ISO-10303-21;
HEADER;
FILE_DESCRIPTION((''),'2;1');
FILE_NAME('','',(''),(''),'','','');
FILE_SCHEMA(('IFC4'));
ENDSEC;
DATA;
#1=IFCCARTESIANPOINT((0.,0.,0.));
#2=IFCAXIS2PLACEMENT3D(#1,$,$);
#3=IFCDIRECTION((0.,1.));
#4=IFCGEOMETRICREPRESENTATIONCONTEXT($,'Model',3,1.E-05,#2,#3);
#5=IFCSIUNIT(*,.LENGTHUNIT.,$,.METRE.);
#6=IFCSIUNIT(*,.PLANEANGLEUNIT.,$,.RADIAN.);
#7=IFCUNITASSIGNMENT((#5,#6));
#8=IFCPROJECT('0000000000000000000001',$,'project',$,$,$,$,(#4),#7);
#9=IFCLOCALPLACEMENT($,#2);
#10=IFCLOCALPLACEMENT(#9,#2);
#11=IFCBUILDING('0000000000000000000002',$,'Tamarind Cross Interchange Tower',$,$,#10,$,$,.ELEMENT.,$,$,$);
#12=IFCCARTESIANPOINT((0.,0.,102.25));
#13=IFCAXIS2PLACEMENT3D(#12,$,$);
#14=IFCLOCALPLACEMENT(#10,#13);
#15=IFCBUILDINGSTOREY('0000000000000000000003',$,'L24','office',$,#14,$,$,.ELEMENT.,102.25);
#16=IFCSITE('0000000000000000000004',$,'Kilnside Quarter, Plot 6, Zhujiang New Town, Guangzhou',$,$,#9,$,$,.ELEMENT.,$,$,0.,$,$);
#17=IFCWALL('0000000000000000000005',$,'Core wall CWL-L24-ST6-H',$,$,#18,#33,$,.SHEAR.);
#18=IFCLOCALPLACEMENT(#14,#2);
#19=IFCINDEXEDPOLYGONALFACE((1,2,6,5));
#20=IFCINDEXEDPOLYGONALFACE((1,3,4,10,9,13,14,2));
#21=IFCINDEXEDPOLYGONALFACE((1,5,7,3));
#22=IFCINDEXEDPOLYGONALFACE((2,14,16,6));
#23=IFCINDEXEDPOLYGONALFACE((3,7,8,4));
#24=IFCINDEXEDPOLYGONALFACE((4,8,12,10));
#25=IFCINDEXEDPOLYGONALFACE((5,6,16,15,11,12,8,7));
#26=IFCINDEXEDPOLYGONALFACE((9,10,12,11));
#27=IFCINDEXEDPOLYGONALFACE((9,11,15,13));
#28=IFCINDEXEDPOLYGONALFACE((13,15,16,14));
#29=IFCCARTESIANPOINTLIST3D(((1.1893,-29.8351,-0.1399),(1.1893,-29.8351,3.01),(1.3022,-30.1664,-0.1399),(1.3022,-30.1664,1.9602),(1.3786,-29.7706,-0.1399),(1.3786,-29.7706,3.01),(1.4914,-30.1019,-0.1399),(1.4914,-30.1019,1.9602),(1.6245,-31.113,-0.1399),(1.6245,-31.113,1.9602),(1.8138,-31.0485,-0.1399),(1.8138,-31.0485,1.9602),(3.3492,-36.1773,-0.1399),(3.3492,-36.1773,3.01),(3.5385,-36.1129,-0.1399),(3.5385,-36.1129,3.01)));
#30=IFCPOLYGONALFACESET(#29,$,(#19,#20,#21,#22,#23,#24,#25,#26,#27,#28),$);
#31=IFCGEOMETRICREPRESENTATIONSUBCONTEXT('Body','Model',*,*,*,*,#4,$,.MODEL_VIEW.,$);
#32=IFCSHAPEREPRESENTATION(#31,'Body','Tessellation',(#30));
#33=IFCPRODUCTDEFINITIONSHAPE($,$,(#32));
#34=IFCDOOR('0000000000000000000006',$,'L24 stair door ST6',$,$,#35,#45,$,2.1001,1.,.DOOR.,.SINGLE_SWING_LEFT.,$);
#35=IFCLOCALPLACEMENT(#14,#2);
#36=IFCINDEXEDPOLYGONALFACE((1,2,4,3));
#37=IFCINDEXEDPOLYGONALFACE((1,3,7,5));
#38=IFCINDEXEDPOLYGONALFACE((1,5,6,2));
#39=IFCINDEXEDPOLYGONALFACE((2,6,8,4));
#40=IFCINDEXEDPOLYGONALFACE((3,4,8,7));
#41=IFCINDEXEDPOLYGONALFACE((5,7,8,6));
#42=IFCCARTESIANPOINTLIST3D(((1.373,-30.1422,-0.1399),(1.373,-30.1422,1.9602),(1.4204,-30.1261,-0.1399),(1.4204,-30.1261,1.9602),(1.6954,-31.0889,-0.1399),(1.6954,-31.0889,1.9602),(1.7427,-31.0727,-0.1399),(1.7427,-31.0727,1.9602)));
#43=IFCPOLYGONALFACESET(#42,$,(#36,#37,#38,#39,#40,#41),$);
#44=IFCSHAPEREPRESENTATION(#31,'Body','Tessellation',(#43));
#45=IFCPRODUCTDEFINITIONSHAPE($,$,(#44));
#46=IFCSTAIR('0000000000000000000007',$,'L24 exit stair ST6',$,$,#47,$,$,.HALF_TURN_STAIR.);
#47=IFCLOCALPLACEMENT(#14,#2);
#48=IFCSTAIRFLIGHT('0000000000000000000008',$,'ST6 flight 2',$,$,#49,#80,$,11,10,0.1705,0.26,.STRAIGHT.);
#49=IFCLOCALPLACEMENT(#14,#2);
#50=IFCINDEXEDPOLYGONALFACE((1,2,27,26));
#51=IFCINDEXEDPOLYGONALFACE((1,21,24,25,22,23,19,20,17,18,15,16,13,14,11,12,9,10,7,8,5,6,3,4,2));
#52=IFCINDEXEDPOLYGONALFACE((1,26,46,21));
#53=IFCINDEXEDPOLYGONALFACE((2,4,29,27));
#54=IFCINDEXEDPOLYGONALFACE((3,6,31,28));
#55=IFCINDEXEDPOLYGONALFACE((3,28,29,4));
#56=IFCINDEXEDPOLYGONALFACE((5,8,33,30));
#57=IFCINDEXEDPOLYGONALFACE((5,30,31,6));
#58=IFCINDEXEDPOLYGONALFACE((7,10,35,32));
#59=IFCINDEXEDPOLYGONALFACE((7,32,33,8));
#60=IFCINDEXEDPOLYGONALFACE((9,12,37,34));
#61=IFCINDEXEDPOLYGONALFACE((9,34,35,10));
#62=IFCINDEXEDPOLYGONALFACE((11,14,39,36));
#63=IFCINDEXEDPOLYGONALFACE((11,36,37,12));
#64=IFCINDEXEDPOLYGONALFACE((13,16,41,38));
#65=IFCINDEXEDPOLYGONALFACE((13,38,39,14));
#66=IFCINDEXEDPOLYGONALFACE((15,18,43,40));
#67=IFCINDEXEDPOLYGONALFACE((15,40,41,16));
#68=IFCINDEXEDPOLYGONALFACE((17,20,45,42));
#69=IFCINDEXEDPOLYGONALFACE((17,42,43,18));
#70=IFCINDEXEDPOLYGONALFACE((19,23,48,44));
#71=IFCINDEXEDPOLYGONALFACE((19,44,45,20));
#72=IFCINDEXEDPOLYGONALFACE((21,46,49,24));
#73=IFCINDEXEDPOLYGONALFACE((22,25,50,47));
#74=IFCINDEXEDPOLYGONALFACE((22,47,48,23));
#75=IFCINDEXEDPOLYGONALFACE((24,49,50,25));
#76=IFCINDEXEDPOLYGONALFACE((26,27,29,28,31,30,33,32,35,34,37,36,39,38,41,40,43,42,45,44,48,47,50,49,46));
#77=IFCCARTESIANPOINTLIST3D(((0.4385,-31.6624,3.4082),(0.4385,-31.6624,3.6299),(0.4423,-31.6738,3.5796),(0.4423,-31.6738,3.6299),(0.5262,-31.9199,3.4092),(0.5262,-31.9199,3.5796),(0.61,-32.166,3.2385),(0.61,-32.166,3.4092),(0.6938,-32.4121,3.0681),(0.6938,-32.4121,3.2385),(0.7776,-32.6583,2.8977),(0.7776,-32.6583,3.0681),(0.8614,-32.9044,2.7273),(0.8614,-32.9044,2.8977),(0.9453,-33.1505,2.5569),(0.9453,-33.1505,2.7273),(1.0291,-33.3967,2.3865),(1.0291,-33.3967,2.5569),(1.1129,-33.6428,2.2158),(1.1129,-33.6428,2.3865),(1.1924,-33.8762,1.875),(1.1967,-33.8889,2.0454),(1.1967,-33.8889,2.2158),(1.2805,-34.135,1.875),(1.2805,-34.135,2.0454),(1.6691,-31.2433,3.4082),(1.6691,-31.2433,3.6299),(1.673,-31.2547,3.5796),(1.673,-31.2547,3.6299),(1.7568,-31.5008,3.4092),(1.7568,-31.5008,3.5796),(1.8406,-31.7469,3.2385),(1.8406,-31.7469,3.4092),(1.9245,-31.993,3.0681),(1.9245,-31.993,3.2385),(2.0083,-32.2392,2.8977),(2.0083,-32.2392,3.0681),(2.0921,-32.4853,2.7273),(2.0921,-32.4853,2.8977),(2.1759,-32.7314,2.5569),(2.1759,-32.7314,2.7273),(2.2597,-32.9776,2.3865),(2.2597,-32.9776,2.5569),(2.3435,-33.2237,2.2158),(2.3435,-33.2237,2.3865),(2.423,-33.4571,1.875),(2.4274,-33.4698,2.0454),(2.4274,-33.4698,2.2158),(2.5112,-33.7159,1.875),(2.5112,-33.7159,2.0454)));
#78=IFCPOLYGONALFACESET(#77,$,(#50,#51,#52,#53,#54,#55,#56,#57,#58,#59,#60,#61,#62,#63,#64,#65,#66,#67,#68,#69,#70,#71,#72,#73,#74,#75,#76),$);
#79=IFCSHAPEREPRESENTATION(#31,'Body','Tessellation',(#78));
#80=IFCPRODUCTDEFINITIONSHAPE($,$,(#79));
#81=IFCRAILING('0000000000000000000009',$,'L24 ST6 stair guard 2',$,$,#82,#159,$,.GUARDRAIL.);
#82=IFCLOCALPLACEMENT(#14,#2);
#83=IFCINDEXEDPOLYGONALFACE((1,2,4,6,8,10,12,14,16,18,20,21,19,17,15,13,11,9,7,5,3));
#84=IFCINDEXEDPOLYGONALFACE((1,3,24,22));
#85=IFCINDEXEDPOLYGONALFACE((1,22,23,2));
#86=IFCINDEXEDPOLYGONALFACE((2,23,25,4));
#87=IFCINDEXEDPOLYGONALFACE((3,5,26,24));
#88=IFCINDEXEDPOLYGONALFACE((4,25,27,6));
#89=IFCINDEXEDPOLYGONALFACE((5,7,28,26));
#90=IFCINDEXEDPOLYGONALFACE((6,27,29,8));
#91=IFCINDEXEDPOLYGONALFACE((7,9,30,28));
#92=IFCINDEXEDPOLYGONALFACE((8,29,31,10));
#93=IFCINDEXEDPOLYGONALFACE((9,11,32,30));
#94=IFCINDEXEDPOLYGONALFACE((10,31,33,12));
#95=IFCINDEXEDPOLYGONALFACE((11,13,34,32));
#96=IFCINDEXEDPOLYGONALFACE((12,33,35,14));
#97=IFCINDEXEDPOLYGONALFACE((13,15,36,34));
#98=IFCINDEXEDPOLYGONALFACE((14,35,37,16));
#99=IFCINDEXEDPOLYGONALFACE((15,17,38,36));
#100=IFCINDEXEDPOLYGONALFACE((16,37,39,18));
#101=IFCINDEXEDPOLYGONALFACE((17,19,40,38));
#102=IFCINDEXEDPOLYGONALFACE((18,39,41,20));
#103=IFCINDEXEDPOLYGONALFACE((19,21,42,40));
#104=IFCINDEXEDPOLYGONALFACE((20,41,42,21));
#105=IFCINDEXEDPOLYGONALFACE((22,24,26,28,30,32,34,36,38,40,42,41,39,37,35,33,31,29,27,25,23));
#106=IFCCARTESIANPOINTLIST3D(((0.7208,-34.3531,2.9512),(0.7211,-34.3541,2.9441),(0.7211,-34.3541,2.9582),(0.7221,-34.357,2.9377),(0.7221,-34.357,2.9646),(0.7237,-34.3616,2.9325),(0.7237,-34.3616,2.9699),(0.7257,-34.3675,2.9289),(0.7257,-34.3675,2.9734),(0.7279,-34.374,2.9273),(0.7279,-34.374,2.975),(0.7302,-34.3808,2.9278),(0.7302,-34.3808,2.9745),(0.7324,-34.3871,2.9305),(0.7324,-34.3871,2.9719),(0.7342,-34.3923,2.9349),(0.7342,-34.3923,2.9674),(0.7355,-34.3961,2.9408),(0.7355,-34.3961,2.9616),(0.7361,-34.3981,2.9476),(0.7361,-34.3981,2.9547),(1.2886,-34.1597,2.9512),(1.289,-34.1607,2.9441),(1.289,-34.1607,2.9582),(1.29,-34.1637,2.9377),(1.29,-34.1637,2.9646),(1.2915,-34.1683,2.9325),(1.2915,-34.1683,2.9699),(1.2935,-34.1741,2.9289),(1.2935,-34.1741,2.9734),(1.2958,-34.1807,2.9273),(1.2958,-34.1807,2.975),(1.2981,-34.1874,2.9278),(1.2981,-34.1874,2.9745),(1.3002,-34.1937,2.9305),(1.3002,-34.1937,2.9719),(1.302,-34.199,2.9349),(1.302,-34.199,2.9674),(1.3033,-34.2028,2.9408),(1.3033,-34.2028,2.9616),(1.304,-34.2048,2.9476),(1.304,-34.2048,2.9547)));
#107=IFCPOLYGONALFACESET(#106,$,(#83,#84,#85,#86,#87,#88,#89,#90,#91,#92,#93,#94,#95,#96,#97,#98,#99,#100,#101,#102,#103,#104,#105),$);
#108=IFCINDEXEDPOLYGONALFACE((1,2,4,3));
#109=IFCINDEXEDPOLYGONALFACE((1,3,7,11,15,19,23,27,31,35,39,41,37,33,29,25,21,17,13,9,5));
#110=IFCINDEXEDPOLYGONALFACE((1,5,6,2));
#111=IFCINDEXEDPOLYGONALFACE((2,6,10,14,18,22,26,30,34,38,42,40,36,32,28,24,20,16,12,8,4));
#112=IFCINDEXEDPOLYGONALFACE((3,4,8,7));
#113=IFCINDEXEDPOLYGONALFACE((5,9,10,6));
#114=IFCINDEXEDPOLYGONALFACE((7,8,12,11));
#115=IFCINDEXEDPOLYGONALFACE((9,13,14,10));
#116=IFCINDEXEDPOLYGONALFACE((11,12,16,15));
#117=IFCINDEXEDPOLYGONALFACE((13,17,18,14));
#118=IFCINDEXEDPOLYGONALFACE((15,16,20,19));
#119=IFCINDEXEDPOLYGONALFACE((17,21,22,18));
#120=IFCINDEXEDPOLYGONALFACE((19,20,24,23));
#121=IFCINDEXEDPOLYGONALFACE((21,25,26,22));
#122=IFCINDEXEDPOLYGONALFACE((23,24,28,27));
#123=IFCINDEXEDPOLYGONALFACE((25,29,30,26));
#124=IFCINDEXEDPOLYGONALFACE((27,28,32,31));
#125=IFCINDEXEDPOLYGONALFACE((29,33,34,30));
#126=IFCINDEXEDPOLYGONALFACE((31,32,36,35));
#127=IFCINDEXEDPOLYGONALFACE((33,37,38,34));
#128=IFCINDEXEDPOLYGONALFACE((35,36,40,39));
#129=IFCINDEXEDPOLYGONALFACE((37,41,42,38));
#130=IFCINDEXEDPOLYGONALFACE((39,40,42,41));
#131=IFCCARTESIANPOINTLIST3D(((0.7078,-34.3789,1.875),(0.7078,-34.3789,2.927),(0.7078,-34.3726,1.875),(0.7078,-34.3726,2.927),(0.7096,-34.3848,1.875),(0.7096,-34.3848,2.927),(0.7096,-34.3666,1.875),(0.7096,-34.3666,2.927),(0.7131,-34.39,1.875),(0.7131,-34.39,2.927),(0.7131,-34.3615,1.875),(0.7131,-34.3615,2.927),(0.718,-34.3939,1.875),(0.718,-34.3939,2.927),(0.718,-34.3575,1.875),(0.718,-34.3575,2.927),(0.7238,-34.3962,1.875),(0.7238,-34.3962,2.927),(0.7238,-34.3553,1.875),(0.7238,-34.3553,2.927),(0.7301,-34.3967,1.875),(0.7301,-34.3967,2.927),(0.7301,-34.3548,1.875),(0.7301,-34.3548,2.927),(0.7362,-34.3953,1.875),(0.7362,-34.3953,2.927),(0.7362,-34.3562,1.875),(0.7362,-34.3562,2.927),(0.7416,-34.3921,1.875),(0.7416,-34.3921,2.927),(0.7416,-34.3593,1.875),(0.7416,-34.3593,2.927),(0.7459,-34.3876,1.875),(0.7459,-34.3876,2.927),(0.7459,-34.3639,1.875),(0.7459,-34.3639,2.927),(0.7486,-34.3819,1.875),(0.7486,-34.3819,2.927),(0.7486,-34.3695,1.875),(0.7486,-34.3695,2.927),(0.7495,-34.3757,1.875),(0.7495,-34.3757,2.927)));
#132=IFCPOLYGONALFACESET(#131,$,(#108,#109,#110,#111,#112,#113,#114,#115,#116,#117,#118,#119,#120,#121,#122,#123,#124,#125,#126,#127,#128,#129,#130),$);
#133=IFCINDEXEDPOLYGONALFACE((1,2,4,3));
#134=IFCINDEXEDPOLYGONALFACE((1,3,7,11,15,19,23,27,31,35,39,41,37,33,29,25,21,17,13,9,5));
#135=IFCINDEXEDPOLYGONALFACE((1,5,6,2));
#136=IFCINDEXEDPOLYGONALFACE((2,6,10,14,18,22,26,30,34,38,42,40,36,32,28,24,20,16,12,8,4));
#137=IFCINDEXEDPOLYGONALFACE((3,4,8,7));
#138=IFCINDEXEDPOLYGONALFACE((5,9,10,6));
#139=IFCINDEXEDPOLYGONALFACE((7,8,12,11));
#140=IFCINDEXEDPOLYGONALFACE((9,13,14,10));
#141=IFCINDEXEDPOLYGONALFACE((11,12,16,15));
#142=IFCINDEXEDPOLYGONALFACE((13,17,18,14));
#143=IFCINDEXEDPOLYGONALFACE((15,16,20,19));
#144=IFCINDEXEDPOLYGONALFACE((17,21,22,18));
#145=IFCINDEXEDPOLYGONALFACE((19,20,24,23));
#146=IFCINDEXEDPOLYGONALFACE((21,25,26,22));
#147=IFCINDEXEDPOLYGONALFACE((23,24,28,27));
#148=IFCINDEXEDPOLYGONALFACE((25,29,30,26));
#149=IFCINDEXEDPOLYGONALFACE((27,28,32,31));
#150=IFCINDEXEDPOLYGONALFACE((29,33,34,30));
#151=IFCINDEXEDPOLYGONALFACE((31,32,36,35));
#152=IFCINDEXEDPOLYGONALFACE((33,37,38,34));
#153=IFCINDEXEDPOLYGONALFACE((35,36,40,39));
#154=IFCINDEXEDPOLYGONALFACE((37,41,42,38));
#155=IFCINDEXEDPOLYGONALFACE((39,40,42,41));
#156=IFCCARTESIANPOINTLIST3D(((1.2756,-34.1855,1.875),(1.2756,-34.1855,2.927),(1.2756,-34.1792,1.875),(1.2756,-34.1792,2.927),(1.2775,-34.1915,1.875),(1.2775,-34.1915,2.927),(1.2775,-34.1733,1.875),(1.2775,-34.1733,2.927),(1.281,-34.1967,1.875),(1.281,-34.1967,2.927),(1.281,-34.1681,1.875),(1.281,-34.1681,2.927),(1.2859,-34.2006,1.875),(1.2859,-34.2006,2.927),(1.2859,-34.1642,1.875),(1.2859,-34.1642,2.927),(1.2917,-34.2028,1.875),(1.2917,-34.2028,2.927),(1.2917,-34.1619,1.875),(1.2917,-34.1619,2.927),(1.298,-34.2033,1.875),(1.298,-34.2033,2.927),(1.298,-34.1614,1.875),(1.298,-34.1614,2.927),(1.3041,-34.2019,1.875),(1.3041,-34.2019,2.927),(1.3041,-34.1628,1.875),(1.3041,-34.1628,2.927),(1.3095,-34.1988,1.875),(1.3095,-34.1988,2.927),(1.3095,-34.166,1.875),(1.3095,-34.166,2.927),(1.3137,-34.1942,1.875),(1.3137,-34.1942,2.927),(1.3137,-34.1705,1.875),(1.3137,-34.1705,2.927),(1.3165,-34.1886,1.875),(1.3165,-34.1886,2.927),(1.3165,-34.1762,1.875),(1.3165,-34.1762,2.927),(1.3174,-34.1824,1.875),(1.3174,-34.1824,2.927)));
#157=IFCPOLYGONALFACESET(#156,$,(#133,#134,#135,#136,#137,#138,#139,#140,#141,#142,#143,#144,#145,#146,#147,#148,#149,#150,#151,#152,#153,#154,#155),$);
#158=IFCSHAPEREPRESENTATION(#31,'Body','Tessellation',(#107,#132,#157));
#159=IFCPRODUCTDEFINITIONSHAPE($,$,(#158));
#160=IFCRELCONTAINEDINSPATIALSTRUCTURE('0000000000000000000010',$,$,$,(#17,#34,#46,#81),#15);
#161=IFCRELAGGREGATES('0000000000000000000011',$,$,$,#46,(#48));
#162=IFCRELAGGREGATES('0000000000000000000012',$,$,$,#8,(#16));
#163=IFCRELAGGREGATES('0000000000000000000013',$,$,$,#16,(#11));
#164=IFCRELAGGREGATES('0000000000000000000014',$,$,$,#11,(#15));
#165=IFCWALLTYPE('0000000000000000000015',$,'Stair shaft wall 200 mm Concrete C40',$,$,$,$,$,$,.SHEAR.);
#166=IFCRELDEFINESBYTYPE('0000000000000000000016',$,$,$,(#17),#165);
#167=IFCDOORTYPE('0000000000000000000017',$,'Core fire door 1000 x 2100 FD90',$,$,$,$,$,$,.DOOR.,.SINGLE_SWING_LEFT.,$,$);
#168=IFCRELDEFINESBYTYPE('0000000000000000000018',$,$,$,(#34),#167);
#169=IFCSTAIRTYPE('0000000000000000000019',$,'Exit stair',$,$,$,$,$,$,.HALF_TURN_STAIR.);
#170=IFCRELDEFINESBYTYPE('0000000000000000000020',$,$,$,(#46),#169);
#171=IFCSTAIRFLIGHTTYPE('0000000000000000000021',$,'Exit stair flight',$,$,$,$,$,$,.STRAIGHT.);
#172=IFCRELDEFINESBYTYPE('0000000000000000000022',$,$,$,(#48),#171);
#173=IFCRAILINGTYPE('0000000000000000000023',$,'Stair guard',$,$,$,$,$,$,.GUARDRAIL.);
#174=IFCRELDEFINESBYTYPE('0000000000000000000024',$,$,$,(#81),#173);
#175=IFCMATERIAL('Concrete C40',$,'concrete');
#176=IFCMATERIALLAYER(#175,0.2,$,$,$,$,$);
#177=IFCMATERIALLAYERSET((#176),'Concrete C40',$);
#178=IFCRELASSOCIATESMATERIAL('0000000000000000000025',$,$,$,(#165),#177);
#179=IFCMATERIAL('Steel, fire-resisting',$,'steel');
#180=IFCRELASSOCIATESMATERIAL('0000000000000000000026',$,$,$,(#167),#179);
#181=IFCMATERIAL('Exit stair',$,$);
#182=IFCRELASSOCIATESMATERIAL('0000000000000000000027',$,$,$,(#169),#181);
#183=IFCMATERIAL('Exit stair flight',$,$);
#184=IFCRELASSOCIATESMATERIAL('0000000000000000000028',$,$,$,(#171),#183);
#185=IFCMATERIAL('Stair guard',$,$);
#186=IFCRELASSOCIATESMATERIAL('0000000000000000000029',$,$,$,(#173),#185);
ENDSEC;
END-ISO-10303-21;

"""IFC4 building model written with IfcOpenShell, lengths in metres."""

from ifc_helpers import new_model, si_unit, direction, frame, frame_2d, origin, origin_2d, place, context, subcontext, project, spatial, polyline, rectangle, circle, outline, extrude, material, layer, layer_set, type_object, element, fill, aggregate, save


model = new_model("IFC4")

# Units and contexts
model_context = context("Model", 3, precision=1e-05, world=origin(), true_north=direction((0.0, 1.0)))
body_context = subcontext(model_context, "Body", "Model", "MODEL_VIEW")
ifc_project = project(units=[si_unit("LENGTHUNIT", "METRE"), si_unit("PLANEANGLEUNIT", "RADIAN")], contexts=[model_context])

# Site, building, storey
site_placement = place(None, origin())
site = spatial("IfcSite", under=ifc_project, at=site_placement, Name="Kilnside Quarter, Plot 6, Zhujiang New Town, Guangzhou", CompositionType="ELEMENT", RefElevation=0.0)
building_placement = place(site_placement, origin())
building = spatial("IfcBuilding", under=site, at=building_placement, Name="Tamarind Cross Interchange Tower", CompositionType="ELEMENT")
storey_placement = place(building_placement, frame((0.0, 0.0, 102.25)))
storey = spatial("IfcBuildingStorey", under=building, at=storey_placement, Name="L24", Description="office", CompositionType="ELEMENT", Elevation=102.25)

# Wall, opening, door
ifc_material_1 = material(Name="Concrete C40", Category="concrete")
ifc_layer_1 = layer(ifc_material_1, 0.2)
ifc_layer_set_1 = layer_set([ifc_layer_1], Name="Concrete C40")
wall_type_1 = type_object("IfcWallType", Name="Stair shaft wall 200 mm Concrete C40", PredefinedType="SHEAR", material=ifc_layer_set_1)
wall_1_placement = place(storey_placement, frame((1.2839, -29.8027, -0.1399), z_axis=(0.0, 0.0, 1.0), x_axis=(0.322376, -0.946612, 0.0)))
wall_1 = element("IfcWall", 1, at=wall_1_placement, inside=storey, type_object=wall_type_1, Name="Core wall CWL-L24-ST6-H", PredefinedType="SHEAR", context=body_context, shape_type="SweptSolid", body=[
    extrude(rectangle(XDim=6.7, YDim=0.2, at=frame_2d((3.3501, 0.0))), origin(), (0.0, 0.0, 1.0), 3.1499),
])
opening_1_placement = place(wall_1_placement, frame((0.3501, 0.0, 0.0)))
opening_1 = element("IfcOpeningElement", 2, at=opening_1_placement, cuts=wall_1, PredefinedType="OPENING", context=body_context, shape_type="SweptSolid", body=[
    extrude(rectangle(XDim=1.0, YDim=2.1001, at=frame_2d((0.5, 1.05))), frame((0.0, 0.1099, 0.0), z_axis=(0.0, -1.0, 0.0), x_axis=(1.0, 0.0, 0.0)), (0.0, 0.0, 1.0), 0.22),
])
ifc_material_2 = material(Name="Steel, fire-resisting", Category="steel")
door_type_1 = type_object("IfcDoorType", Name="Core fire door 1000 x 2100 FD90", OperationType="SINGLE_SWING_LEFT", PredefinedType="DOOR", material=ifc_material_2)
door_1_placement = place(opening_1_placement, origin())
door_1 = element("IfcDoor", 3, at=door_1_placement, inside=storey, type_object=door_type_1, Name="L24 stair door ST6", OperationType="SINGLE_SWING_LEFT", OverallHeight=2.1001, OverallWidth=1.0, PredefinedType="DOOR", context=body_context, shape_type="SweptSolid", body=[
    extrude(rectangle(XDim=1.0, YDim=2.1001, at=frame_2d((0.5, 1.05))), frame((0.0, 0.0249, 0.0), z_axis=(0.0, -1.0, 0.0), x_axis=(1.0, 0.0, 0.0)), (0.0, 0.0, 1.0), 0.05),
])
fill(opening_1, door_1)

# Stair, stair flight
ifc_material_3 = material(Name="Exit stair")
stair_type = type_object("IfcStairType", Name="Exit stair", PredefinedType="HALF_TURN_STAIR", material=ifc_material_3)
stair_placement = place(storey_placement, origin())
stair = element("IfcStair", 4, at=stair_placement, inside=storey, type_object=stair_type, Name="L24 exit stair ST6", PredefinedType="HALF_TURN_STAIR")
ifc_material_4 = material(Name="Exit stair flight")
stair_flight_type = type_object("IfcStairFlightType", Name="Exit stair flight", PredefinedType="STRAIGHT", material=ifc_material_4)
stair_flight_placement = place(storey_placement, frame((1.8958, -33.9255, 1.875), z_axis=(0.0, 0.0, 1.0), x_axis=(-0.322371, 0.946613, 0.0)))
stair_flight = element("IfcStairFlight", 5, at=stair_flight_placement, type_object=stair_flight_type, Name="ST6 flight 2", NumberOfRisers=11, NumberOfTreads=10, PredefinedType="STRAIGHT", RiserHeight=0.1705, TreadLength=0.26, context=body_context, shape_type="SweptSolid", body=[
    extrude(outline(polyline([(0.0, 0.0), (0.0, 0.1704), (0.26, 0.1704), (0.26, 0.3408), (0.52, 0.3408), (0.52, 0.5115), (0.78, 0.5115), (0.78, 0.6819), (1.04, 0.6819), (1.04, 0.8523), (1.3, 0.8523), (1.3, 1.0227), (1.5601, 1.0227), (1.5601, 1.1931), (1.8201, 1.1931), (1.8201, 1.3635), (2.0801, 1.3635), (2.0801, 1.5342), (2.3401, 1.5342), (2.3401, 1.7046), (2.6001, 1.7046), (2.6001, 1.7549), (2.6121, 1.7549), (2.6121, 1.5332), (0.2734, 0.0), (0.0, 0.0)])), frame((0.0, 0.6499, 0.0), z_axis=(0.0, -1.0, 0.0), x_axis=(1.0, 0.0, 0.0)), (0.0, 0.0, 1.0), 1.3),
])
aggregate(stair, [stair_flight])

# Railing
ifc_material_5 = material(Name="Stair guard")
railing_type_1 = type_object("IfcRailingType", Name="Stair guard", PredefinedType="GUARDRAIL", material=ifc_material_5)
railing_1_placement = place(storey_placement, frame((0.7285, -34.3757, 1.875)))
element("IfcRailing", 6, at=railing_1_placement, inside=storey, type_object=railing_type_1, Name="L24 ST6 stair guard 2", PredefinedType="GUARDRAIL", context=body_context, shape_type="SweptSolid", body=[
    extrude(circle(Radius=0.0239, at=origin_2d()), frame((0.0, 0.0, 1.0762), z_axis=(0.946629, 0.322326, 0.0), x_axis=(-0.322326, 0.946629, 0.0)), (0.0, 0.0, 1.0), 0.5999),
    extrude(circle(Radius=0.021, at=origin_2d()), origin(), (0.0, 0.0, 1.0), 1.052),
    extrude(circle(Radius=0.021, at=origin_2d()), frame((0.5679, 0.1934, 0.0)), (0.0, 0.0, 1.0), 1.052),
])

save(model, "model.ifc")
